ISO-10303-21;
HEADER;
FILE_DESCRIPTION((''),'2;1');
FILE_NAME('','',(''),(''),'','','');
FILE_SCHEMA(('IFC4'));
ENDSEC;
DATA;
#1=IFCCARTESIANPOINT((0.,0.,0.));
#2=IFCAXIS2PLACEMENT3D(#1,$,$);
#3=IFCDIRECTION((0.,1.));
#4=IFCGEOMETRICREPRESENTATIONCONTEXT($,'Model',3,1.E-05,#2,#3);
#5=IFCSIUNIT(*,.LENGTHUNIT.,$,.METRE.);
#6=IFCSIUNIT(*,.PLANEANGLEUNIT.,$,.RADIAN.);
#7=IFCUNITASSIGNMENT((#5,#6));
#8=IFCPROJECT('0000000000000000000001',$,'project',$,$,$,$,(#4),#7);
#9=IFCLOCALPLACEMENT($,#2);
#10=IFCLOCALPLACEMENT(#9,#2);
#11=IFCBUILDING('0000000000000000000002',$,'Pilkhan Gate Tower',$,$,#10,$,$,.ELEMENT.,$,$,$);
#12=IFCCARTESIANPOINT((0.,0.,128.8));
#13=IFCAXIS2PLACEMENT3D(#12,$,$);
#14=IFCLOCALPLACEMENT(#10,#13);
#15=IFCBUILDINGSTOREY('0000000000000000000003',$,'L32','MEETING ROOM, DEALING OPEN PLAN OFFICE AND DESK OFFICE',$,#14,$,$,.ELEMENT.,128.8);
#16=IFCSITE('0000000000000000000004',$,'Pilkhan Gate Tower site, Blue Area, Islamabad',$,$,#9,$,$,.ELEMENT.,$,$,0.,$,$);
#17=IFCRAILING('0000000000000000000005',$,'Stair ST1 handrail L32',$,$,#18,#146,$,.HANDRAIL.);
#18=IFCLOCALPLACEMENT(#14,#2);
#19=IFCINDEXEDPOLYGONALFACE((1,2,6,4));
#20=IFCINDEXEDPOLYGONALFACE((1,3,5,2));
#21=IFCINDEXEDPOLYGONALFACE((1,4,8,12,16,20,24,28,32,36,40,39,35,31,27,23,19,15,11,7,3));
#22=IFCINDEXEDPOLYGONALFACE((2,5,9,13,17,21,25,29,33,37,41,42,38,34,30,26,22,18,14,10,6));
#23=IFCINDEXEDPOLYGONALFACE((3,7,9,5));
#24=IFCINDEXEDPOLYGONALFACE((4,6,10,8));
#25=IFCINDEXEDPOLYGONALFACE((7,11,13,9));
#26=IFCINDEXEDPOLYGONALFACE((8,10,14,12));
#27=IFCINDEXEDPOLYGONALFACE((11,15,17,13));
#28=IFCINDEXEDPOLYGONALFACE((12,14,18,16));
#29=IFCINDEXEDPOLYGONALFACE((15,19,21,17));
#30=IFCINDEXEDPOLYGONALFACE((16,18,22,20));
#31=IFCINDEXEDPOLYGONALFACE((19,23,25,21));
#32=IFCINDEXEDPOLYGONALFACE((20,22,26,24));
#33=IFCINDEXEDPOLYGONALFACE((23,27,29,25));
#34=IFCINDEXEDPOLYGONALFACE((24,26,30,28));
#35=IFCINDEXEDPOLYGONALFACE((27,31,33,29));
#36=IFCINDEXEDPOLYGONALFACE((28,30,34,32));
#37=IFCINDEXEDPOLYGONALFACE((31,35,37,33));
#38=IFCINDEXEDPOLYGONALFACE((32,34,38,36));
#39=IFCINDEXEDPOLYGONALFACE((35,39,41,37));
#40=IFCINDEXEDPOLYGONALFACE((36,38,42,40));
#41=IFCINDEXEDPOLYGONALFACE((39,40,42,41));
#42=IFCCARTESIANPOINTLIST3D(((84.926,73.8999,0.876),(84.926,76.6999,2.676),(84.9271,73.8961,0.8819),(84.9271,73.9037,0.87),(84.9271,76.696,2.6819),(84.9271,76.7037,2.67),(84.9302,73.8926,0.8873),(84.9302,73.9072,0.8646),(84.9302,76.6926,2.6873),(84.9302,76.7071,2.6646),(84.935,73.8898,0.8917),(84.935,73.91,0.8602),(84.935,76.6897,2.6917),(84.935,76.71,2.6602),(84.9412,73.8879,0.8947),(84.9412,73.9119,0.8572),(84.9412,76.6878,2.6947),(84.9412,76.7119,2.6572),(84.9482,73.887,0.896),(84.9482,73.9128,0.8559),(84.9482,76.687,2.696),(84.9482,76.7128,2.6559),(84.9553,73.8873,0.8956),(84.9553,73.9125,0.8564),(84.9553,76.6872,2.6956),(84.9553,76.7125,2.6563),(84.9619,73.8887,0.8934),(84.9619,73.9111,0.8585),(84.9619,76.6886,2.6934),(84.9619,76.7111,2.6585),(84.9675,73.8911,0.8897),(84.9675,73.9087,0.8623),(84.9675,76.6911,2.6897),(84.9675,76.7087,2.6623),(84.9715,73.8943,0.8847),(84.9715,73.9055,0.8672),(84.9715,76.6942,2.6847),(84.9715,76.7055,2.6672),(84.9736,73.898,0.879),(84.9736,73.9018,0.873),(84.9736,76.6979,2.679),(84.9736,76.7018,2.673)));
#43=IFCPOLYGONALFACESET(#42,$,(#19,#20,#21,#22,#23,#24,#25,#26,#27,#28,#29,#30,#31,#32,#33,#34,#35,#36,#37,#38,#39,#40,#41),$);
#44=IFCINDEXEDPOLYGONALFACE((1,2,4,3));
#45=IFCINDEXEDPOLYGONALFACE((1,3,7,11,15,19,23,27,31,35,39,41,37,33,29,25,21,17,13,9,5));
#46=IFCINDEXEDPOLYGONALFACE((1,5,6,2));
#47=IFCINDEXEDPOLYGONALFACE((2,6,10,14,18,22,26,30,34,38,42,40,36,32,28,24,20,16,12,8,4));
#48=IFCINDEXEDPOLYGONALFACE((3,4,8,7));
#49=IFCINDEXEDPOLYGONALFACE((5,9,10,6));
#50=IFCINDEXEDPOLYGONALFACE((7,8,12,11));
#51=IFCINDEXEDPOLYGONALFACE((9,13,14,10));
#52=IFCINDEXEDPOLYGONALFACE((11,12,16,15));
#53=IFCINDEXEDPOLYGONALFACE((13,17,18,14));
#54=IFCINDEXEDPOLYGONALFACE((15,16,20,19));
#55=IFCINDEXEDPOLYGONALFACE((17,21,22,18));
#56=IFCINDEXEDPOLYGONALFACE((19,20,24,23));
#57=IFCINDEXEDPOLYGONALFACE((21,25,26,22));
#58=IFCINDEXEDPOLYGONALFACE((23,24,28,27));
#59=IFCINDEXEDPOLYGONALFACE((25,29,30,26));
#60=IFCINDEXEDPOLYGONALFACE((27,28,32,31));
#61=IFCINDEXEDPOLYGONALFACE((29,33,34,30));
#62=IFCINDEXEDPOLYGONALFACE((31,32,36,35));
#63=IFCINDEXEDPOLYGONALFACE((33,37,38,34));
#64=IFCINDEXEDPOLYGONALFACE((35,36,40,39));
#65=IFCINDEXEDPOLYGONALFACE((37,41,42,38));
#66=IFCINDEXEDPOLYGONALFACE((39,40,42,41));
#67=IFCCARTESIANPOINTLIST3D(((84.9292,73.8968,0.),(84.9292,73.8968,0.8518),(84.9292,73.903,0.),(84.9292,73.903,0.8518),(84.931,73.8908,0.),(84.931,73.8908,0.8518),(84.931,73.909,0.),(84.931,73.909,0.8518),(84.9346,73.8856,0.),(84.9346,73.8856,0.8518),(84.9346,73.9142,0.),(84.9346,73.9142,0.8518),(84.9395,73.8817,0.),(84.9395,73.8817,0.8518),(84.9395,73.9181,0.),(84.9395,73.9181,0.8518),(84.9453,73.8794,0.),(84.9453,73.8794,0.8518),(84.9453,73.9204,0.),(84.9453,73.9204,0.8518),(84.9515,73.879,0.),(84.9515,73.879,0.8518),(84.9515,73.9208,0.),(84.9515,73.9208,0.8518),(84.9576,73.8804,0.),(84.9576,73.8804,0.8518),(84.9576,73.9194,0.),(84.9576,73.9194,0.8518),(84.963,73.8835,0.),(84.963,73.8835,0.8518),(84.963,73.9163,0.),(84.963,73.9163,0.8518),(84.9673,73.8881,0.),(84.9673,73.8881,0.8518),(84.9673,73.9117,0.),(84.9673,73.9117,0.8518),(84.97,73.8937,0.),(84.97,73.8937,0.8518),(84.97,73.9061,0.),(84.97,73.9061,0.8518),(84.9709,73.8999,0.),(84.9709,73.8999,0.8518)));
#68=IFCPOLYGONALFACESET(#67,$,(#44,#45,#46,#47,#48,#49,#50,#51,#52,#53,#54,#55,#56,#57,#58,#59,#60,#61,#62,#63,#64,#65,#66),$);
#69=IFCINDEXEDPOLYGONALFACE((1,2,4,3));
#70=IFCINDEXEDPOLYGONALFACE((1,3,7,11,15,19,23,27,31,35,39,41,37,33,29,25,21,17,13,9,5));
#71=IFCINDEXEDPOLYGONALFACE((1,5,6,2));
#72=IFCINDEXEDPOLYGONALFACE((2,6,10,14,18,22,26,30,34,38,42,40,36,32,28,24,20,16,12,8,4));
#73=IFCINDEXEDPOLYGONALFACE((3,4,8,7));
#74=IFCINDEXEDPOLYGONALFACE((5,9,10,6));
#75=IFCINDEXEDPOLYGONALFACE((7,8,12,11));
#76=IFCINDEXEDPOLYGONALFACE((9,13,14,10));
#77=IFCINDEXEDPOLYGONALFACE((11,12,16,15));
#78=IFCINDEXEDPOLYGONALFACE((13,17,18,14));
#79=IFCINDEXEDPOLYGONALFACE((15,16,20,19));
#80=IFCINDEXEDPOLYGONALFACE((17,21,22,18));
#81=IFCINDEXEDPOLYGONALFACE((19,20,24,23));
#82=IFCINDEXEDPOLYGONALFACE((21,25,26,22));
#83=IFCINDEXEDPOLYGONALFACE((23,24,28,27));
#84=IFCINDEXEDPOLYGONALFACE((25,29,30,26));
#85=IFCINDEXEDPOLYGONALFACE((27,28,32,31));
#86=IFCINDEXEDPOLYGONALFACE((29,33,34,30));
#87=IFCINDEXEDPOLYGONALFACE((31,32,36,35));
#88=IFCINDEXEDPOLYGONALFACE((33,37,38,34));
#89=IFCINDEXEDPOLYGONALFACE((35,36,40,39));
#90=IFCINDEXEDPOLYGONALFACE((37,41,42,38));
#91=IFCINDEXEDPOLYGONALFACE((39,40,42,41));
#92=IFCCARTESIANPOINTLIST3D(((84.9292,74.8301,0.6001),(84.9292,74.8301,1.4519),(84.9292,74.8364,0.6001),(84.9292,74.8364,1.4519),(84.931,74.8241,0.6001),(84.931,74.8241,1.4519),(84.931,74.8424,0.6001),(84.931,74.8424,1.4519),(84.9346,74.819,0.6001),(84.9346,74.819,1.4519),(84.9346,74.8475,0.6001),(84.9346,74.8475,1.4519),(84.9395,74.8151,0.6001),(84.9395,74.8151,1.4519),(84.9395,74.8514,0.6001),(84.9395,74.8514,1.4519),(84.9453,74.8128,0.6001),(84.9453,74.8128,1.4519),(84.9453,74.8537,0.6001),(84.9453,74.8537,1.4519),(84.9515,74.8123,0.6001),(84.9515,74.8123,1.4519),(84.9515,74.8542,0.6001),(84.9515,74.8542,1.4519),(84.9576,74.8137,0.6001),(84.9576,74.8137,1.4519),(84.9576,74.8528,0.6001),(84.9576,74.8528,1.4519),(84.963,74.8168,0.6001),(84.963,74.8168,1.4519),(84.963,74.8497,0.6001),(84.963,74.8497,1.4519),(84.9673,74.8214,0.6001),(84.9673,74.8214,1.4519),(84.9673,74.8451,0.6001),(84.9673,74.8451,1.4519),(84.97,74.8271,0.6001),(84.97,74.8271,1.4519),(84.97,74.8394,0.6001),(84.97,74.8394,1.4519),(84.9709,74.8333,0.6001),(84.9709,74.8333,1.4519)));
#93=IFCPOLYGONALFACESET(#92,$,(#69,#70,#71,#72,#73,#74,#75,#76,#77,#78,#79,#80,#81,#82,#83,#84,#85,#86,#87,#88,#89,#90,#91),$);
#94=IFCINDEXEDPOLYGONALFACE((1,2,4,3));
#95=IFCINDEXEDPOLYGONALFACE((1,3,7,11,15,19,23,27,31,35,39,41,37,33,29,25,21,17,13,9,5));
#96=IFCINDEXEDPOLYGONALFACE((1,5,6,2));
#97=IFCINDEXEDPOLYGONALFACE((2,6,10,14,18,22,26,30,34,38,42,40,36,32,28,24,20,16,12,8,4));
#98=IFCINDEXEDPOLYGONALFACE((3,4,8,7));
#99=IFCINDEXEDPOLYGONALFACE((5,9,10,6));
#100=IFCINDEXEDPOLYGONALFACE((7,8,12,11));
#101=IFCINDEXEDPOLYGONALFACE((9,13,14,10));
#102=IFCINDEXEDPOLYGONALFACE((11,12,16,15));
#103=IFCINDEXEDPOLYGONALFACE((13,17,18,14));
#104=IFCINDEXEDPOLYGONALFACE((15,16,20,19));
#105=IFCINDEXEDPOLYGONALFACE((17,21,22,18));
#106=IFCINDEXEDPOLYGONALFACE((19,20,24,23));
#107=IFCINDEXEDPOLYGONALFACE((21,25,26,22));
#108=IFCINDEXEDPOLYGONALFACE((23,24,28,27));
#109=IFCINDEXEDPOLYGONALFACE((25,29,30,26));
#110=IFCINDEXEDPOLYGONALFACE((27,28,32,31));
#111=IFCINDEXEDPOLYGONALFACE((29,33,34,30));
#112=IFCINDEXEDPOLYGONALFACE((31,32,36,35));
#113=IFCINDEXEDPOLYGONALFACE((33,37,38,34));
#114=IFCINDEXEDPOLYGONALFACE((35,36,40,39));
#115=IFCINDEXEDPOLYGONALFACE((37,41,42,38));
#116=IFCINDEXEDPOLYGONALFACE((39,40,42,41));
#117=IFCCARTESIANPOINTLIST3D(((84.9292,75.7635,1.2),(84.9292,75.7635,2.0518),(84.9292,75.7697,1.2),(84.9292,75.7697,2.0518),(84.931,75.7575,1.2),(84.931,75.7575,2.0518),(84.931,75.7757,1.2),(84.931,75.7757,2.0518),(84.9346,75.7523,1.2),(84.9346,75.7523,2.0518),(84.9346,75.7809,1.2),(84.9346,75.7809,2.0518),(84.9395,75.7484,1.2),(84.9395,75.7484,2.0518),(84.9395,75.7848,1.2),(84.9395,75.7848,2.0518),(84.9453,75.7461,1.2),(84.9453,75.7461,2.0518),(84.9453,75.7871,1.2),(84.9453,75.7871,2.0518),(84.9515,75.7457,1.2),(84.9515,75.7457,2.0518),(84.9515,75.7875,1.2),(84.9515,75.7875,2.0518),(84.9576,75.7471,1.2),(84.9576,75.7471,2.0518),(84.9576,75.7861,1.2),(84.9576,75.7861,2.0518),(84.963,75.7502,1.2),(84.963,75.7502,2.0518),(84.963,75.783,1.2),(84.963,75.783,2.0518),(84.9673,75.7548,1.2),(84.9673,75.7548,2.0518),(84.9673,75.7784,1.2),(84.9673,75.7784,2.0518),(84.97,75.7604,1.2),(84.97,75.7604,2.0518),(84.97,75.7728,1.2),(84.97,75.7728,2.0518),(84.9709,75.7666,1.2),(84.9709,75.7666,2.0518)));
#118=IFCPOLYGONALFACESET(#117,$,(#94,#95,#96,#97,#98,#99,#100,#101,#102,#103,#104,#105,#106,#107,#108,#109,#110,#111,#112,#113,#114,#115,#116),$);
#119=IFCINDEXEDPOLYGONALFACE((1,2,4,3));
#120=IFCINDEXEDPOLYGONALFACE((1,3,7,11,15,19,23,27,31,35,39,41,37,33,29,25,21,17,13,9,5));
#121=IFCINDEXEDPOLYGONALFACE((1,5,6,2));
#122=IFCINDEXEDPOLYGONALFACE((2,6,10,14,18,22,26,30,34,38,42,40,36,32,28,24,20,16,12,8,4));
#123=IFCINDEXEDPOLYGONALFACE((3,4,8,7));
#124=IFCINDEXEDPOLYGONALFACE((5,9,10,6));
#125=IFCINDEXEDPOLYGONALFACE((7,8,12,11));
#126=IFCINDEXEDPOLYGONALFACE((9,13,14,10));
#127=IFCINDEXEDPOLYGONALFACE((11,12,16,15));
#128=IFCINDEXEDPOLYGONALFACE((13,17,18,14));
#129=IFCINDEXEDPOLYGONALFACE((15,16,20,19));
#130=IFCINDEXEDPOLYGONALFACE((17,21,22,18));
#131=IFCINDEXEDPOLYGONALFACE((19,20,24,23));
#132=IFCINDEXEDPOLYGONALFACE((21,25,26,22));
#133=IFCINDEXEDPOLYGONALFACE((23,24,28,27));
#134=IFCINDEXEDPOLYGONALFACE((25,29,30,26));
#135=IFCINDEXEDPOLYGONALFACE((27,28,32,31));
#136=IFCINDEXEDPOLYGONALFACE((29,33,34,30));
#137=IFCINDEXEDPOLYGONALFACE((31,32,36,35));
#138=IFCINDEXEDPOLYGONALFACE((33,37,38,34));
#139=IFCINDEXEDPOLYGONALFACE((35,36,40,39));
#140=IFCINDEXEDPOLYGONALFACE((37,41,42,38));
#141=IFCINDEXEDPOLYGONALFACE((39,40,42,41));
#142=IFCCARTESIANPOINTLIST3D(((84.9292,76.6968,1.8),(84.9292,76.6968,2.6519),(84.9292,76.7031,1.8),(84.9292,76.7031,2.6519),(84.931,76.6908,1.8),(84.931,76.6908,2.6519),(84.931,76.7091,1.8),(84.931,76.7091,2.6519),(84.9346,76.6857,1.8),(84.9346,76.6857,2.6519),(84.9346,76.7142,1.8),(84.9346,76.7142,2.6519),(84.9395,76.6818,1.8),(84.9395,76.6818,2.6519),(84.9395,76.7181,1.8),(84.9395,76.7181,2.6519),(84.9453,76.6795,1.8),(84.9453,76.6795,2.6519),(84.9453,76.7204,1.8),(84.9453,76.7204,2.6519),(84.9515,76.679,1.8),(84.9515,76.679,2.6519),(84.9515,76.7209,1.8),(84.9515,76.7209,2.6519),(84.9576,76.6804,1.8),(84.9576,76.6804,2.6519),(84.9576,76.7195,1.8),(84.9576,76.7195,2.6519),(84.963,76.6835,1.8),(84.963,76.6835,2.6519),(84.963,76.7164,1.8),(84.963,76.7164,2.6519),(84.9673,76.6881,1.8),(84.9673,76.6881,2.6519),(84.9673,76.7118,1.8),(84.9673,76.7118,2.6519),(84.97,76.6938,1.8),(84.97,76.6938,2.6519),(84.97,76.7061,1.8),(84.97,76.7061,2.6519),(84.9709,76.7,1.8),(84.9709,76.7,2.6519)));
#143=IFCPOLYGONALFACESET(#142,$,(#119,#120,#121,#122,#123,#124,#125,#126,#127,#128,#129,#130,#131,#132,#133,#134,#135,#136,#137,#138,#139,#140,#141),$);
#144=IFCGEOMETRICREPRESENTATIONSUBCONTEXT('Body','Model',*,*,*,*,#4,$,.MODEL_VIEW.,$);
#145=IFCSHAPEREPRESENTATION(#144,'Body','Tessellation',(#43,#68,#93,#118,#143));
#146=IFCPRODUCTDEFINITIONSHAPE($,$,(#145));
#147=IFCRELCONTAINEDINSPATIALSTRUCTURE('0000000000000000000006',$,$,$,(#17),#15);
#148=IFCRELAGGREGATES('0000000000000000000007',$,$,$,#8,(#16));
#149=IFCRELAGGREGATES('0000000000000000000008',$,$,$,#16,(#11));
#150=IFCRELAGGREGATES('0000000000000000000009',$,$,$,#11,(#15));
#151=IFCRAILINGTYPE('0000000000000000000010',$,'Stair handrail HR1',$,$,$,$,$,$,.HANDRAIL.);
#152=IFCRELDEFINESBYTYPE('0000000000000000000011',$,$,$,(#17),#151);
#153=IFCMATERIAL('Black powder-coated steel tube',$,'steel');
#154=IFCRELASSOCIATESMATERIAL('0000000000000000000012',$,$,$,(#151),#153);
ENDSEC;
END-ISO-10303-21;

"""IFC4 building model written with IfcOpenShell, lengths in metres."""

from ifc_helpers import new_model, si_unit, direction, frame, origin, origin_2d, place, context, subcontext, project, spatial, circle, extrude, material, type_object, element, save


model = new_model("IFC4")

# Units and contexts
model_context = context("Model", 3, precision=1e-05, world=origin(), true_north=direction((0.0, 1.0)))
body_context = subcontext(model_context, "Body", "Model", "MODEL_VIEW")
ifc_project = project(units=[si_unit("LENGTHUNIT", "METRE"), si_unit("PLANEANGLEUNIT", "RADIAN")], contexts=[model_context])

# Site, building, storey
site_placement = place(None, origin())
site = spatial("IfcSite", under=ifc_project, at=site_placement, Name="Pilkhan Gate Tower site, Blue Area, Islamabad", CompositionType="ELEMENT", RefElevation=0.0)
building_placement = place(site_placement, origin())
building = spatial("IfcBuilding", under=site, at=building_placement, Name="Pilkhan Gate Tower", CompositionType="ELEMENT")
storey_placement = place(building_placement, frame((0.0, 0.0, 128.8)))
storey = spatial("IfcBuildingStorey", under=building, at=storey_placement, Name="L32", Description="MEETING ROOM, DEALING OPEN PLAN OFFICE AND DESK OFFICE", CompositionType="ELEMENT", Elevation=128.8)

# Railing
ifc_material_1 = material(Name="Black powder-coated steel tube", Category="steel")
railing_type_1 = type_object("IfcRailingType", Name="Stair handrail HR1", PredefinedType="HANDRAIL", material=ifc_material_1)
railing_1_placement = place(storey_placement, frame((84.95, 73.8999, 0.0)))
element("IfcRailing", 1, at=railing_1_placement, inside=storey, type_object=railing_type_1, Name="Stair ST1 handrail L32", PredefinedType="HANDRAIL", context=body_context, shape_type="SweptSolid", body=[
    extrude(circle(Radius=0.0239, at=origin_2d()), frame((0.0, 0.0, 0.876), z_axis=(0.0, 0.841176, 0.540761), x_axis=(-1.0, 0.0, 0.0)), (0.0, 0.0, 1.0), 3.3286),
    extrude(circle(Radius=0.021, at=origin_2d()), origin(), (0.0, 0.0, 1.0), 0.8518),
    extrude(circle(Radius=0.021, at=origin_2d()), frame((0.0, 0.9333, 0.6001)), (0.0, 0.0, 1.0), 0.8518),
    extrude(circle(Radius=0.021, at=origin_2d()), frame((0.0, 1.8667, 1.2)), (0.0, 0.0, 1.0), 0.8518),
    extrude(circle(Radius=0.021, at=origin_2d()), frame((0.0, 2.8, 1.8)), (0.0, 0.0, 1.0), 0.8518),
])

save(model, "model.ifc")
